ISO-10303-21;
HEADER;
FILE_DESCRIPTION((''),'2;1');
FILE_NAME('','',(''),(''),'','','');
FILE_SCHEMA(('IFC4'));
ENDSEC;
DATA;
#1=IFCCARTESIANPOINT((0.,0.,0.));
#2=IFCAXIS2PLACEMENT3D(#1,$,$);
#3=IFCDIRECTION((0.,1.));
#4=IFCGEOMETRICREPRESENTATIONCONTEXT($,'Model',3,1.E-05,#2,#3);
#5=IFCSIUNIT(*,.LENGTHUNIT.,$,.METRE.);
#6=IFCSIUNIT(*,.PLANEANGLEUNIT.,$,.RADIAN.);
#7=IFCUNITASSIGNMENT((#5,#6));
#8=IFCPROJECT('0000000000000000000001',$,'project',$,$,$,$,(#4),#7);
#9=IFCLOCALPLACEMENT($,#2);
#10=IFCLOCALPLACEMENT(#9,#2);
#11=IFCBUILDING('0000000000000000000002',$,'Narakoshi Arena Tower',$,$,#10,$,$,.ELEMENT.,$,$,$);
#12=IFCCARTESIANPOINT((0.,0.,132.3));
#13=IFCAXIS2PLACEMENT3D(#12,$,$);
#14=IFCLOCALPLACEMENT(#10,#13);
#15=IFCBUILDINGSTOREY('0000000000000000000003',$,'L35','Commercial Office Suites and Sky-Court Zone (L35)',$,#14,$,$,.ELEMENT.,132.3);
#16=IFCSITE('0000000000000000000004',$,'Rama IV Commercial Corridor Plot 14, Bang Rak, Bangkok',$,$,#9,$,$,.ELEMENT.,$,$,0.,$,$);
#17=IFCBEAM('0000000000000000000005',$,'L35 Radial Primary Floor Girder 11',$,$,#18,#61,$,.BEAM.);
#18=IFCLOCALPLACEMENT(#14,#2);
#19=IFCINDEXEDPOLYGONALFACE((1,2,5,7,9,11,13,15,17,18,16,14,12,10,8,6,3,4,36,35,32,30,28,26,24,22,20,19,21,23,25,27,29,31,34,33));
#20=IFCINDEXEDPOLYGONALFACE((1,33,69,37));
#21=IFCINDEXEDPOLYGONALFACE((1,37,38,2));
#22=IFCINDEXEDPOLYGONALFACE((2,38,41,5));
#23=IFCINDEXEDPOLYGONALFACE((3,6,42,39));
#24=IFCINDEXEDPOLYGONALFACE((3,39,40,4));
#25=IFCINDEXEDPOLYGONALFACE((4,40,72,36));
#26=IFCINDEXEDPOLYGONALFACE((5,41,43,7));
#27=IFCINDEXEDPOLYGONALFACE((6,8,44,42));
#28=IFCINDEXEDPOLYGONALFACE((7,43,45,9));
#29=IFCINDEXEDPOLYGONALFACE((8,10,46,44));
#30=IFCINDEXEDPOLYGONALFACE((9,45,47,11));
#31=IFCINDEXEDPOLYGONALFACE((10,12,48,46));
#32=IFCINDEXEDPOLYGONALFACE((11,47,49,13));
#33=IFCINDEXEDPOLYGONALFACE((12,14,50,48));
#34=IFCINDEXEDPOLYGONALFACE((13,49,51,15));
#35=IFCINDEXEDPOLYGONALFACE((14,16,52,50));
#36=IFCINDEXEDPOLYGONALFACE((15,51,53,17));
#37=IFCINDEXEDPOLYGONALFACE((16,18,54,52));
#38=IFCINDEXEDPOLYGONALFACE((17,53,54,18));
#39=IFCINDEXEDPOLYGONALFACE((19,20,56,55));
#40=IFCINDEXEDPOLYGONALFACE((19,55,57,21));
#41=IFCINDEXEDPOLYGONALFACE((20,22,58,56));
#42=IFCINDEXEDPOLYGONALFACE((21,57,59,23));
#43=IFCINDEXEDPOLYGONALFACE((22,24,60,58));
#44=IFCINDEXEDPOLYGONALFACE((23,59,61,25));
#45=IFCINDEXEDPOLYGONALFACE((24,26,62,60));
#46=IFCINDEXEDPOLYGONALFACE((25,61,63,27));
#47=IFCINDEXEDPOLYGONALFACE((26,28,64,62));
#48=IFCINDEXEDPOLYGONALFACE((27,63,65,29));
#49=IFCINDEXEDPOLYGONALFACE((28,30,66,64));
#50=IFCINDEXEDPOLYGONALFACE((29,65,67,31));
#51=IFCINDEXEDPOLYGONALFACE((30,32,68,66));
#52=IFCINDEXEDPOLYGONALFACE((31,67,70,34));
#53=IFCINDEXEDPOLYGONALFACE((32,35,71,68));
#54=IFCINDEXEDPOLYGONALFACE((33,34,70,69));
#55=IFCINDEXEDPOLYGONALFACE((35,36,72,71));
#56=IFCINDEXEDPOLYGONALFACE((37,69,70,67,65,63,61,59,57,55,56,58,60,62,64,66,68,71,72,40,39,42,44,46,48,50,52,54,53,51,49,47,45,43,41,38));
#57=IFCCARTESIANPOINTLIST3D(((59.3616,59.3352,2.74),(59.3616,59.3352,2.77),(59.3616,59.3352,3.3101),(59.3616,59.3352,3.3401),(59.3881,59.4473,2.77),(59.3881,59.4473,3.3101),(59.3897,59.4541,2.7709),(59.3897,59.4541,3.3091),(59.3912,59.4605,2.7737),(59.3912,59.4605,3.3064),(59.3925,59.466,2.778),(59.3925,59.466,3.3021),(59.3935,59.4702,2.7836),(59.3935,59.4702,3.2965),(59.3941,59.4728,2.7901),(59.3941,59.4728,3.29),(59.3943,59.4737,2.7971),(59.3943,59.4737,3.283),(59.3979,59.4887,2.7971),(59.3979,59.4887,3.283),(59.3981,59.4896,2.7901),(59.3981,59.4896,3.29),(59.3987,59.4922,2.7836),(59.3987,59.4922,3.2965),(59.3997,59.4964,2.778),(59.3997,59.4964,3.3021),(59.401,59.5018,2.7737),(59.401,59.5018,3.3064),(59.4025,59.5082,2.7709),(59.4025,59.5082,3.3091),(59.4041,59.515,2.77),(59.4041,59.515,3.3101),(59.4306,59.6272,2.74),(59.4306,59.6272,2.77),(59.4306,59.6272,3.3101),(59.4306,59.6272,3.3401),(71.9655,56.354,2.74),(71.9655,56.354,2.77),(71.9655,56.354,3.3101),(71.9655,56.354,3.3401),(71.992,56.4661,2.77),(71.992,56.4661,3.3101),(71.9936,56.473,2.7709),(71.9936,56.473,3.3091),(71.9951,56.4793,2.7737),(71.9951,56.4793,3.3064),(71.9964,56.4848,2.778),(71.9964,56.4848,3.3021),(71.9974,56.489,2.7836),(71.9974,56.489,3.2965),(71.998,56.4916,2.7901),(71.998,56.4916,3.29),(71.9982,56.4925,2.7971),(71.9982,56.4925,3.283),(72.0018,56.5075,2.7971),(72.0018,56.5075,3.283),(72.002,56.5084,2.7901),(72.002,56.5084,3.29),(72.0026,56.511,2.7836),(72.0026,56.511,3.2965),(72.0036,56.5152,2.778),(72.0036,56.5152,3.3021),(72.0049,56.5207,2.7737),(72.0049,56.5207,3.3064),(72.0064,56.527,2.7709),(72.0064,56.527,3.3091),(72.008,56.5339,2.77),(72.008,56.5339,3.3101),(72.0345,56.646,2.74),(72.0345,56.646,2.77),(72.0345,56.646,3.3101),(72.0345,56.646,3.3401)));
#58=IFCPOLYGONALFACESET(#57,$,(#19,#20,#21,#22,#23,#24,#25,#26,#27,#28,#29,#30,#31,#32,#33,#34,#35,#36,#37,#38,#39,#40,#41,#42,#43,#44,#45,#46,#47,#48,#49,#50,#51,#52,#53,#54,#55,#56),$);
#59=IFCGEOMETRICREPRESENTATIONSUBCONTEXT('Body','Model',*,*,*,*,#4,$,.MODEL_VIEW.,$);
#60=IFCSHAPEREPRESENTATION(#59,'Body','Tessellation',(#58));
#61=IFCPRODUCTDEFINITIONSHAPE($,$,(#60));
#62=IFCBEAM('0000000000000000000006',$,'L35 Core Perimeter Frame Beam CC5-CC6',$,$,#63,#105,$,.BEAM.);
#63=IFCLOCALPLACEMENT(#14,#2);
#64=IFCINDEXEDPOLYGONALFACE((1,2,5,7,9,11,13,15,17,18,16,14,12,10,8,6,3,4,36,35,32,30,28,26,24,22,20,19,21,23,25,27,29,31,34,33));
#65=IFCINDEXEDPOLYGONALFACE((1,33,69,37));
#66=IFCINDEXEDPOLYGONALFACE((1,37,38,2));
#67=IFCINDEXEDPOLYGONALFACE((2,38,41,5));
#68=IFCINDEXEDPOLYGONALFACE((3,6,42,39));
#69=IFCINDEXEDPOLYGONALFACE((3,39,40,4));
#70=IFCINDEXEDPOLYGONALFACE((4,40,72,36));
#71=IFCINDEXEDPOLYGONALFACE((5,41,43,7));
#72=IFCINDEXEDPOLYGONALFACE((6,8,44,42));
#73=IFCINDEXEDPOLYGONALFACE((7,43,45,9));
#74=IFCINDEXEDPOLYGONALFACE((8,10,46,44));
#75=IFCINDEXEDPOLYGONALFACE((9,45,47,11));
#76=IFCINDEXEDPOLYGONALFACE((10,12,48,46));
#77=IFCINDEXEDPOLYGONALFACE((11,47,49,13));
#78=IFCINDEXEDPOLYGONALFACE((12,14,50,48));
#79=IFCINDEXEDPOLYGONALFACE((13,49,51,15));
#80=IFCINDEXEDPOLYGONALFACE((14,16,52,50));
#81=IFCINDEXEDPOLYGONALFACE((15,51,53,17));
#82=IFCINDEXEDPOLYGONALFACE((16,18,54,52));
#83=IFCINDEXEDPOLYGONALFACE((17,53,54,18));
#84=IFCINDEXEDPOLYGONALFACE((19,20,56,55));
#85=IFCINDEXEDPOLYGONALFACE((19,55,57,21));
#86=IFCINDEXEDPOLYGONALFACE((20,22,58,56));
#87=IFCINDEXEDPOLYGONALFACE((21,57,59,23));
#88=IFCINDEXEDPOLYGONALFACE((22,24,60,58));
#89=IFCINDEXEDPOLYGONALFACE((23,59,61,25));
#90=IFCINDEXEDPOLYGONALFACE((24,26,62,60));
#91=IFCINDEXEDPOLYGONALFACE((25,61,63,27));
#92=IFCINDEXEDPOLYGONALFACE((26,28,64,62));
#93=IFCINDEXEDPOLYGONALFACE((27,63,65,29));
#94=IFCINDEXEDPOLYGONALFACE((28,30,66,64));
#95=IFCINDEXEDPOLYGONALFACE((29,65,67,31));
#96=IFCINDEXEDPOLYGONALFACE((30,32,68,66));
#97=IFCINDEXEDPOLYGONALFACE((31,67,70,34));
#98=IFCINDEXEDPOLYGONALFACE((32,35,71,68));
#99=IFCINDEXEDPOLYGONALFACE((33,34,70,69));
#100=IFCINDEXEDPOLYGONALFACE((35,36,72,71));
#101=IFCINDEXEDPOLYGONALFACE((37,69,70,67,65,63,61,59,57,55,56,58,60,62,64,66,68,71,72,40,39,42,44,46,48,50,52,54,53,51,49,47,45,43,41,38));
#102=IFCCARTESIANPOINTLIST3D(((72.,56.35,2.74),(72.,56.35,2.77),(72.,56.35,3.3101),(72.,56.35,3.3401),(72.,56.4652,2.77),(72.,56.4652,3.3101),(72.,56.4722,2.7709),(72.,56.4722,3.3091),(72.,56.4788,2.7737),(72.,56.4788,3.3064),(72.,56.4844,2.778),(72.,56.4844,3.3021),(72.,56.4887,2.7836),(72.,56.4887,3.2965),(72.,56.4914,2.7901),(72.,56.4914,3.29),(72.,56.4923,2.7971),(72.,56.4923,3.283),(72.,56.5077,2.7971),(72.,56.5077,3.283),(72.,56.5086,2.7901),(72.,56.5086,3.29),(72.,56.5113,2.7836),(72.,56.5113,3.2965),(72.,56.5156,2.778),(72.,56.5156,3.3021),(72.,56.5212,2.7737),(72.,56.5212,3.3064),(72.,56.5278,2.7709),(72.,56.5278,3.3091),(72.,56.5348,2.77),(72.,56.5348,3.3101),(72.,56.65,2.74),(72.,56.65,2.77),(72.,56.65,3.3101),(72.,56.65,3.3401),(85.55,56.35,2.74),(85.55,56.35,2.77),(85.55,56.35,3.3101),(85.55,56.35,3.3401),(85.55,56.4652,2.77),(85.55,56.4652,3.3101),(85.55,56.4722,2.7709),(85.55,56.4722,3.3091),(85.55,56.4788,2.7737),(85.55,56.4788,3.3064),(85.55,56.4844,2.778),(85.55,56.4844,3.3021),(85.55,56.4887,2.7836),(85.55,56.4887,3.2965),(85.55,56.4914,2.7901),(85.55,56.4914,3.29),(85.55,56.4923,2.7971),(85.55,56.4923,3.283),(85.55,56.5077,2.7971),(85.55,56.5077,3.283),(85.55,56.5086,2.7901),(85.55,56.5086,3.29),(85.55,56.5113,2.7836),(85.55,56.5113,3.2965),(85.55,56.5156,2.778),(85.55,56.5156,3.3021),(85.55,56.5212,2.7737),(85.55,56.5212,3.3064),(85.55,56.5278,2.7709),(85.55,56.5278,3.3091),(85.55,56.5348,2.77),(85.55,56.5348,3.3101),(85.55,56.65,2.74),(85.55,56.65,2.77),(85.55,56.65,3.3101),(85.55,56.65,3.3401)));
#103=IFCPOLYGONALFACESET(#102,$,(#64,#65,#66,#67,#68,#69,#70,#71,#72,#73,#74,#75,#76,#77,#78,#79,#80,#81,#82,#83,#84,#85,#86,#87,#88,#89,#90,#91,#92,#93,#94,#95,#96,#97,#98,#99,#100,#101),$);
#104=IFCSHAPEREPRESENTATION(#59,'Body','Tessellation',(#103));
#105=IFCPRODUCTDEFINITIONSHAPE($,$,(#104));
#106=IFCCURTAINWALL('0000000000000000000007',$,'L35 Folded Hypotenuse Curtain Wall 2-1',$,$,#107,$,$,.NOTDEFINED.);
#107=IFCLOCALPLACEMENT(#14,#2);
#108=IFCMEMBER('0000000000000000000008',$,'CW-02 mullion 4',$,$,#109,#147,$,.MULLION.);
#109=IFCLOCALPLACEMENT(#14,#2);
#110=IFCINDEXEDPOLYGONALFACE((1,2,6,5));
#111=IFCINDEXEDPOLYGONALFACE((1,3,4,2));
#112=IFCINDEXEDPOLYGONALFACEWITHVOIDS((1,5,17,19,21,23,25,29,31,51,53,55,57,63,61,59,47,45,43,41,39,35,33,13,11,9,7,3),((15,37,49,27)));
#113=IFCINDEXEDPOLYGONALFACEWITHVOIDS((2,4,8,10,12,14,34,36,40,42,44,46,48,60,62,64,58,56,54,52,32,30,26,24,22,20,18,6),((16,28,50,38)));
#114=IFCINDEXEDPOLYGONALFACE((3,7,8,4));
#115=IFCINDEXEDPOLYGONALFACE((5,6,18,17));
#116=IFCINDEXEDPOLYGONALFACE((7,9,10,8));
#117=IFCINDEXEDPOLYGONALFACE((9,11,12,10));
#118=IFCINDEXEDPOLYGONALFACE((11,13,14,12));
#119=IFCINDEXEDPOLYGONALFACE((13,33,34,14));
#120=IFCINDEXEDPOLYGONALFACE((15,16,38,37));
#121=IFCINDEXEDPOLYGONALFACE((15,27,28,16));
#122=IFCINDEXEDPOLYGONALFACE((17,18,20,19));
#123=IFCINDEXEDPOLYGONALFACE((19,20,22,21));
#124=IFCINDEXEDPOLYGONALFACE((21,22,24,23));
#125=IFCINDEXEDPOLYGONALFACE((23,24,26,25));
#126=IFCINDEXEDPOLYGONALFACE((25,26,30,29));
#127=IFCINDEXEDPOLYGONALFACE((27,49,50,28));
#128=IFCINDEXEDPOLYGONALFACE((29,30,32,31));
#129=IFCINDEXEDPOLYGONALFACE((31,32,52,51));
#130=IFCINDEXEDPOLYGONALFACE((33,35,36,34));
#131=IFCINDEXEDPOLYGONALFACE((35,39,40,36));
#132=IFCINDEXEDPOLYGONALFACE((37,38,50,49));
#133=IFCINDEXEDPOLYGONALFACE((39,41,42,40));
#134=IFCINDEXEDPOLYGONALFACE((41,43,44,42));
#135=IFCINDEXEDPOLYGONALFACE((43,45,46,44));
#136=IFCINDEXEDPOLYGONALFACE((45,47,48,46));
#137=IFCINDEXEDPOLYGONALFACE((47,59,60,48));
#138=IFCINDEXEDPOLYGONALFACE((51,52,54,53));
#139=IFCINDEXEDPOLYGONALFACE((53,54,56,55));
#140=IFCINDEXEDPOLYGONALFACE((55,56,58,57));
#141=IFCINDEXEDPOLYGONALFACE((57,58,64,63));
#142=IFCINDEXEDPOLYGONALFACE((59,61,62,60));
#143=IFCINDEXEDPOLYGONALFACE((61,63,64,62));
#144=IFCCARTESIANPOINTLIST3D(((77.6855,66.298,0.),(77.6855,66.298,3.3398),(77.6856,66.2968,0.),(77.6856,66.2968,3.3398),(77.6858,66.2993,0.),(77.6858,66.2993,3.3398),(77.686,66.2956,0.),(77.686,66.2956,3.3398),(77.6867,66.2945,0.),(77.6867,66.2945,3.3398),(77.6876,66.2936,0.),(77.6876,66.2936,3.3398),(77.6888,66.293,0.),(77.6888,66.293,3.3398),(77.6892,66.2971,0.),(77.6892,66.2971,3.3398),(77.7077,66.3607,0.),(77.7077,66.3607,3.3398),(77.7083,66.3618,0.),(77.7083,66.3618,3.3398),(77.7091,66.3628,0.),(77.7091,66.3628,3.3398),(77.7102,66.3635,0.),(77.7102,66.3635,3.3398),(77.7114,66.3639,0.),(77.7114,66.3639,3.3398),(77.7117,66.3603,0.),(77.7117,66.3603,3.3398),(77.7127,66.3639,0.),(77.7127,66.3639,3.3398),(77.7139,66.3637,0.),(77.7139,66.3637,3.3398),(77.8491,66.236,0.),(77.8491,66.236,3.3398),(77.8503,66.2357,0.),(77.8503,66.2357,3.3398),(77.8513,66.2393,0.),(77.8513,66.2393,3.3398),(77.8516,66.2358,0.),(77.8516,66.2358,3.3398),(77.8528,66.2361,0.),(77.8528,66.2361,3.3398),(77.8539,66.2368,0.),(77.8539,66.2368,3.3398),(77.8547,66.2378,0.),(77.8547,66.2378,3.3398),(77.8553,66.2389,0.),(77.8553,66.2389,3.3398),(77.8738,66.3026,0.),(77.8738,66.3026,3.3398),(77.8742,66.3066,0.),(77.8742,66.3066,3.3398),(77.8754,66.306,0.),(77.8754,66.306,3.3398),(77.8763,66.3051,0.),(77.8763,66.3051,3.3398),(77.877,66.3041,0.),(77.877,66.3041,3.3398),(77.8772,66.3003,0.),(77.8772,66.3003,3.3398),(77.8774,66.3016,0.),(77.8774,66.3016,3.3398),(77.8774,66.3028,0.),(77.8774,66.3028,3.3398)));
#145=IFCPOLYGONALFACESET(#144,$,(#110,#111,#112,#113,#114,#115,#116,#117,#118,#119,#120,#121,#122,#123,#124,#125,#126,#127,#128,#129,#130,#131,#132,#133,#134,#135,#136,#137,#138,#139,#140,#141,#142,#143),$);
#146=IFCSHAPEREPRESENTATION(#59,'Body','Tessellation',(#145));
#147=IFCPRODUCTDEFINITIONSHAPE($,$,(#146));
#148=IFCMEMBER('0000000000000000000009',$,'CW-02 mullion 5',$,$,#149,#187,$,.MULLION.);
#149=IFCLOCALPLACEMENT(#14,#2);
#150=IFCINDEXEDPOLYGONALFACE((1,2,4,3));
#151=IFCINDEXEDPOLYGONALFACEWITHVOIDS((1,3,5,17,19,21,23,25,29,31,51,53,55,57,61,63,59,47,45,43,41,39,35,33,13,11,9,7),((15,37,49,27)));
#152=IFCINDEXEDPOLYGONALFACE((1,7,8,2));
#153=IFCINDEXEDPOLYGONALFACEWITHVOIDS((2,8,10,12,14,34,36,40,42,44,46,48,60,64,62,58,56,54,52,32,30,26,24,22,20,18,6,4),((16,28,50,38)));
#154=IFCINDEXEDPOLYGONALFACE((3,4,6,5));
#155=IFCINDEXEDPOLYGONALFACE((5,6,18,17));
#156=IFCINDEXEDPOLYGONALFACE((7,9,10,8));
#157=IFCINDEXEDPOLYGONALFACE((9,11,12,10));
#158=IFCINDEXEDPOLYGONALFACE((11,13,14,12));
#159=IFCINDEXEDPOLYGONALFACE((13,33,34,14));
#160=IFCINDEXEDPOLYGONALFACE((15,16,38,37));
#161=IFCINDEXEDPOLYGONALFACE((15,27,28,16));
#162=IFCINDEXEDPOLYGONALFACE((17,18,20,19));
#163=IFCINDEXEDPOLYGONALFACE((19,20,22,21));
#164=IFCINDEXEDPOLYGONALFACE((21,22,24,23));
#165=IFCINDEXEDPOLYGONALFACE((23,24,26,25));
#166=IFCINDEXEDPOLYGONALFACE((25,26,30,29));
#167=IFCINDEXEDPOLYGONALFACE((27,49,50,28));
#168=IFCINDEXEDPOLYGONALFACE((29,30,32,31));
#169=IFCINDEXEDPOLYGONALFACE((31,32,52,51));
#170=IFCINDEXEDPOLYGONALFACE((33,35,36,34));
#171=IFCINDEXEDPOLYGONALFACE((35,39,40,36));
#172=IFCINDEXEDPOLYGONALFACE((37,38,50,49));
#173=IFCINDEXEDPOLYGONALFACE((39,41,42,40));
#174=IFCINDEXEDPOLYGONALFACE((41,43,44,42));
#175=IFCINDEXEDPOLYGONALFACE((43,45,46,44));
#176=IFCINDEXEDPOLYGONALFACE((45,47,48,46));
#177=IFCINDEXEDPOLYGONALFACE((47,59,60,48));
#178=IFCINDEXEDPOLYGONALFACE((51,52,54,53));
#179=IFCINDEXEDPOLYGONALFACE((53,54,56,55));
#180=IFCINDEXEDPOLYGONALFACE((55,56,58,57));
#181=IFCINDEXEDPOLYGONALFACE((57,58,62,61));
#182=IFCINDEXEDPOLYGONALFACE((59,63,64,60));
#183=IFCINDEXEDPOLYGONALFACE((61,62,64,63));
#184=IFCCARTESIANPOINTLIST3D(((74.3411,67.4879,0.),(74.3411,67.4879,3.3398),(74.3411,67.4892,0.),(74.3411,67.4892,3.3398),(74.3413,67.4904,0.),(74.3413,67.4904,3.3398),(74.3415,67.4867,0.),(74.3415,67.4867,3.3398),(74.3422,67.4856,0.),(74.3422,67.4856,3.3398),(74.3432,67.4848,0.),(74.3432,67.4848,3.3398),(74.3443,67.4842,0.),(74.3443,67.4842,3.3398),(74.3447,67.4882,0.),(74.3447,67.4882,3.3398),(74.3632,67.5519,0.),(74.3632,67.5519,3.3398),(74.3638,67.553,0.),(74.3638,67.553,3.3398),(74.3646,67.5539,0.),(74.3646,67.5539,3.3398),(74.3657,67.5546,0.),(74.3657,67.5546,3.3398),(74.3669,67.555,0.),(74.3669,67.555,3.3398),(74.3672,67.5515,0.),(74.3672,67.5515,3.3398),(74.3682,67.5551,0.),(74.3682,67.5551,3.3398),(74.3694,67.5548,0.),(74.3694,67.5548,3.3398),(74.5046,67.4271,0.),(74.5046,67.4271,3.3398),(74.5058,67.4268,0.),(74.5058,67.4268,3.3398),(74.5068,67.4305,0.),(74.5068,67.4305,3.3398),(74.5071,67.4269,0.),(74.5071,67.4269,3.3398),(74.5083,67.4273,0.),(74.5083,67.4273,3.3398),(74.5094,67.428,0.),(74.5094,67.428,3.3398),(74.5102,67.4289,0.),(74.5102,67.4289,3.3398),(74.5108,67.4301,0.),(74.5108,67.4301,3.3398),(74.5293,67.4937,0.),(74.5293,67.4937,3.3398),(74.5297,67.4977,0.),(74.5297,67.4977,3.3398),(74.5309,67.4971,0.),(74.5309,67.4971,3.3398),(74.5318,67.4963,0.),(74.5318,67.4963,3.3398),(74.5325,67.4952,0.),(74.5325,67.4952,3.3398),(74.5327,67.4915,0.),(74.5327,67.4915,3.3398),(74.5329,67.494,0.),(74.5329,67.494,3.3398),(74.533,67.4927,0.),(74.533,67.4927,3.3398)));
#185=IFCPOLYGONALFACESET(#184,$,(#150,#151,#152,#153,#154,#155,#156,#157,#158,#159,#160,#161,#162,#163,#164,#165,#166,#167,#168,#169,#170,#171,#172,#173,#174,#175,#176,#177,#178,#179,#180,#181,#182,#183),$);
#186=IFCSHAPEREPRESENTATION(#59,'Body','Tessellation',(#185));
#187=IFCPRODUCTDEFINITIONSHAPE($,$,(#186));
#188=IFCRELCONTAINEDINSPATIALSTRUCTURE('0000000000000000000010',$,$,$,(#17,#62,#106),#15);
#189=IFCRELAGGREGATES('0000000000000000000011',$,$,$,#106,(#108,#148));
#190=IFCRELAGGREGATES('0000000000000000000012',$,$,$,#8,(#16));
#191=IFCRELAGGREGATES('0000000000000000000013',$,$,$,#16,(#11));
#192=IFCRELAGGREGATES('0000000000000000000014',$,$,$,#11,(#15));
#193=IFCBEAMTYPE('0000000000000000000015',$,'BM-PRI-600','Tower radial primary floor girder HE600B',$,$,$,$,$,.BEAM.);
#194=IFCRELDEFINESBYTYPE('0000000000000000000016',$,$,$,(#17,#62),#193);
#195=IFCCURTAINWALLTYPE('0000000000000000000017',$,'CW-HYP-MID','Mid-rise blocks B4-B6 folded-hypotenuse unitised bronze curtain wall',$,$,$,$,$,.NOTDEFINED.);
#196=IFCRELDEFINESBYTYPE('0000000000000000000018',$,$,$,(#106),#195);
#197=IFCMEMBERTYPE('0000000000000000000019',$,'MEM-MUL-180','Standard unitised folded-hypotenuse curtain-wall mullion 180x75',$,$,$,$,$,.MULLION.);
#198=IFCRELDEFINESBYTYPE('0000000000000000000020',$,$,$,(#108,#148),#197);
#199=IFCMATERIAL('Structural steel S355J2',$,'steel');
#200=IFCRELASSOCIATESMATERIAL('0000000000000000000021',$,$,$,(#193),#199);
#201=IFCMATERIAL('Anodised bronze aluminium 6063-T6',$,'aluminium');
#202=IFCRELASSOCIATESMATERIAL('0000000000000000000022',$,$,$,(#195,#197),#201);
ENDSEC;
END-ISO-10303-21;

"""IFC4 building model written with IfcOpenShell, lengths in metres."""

from ifc_helpers import new_model, si_unit, direction, frame, origin, origin_2d, place, context, subcontext, project, spatial, hollow_rectangle, i_section, extrude, material, material_profile, profile_set, type_object, element, aggregate, save


model = new_model("IFC4")

# Units and contexts
model_context = context("Model", 3, precision=1e-05, world=origin(), true_north=direction((0.0, 1.0)))
body_context = subcontext(model_context, "Body", "Model", "MODEL_VIEW")
ifc_project = project(units=[si_unit("LENGTHUNIT", "METRE"), si_unit("PLANEANGLEUNIT", "RADIAN")], contexts=[model_context])

# Site, building, storey
site_placement = place(None, origin())
site = spatial("IfcSite", under=ifc_project, at=site_placement, Name="Rama IV Commercial Corridor Plot 14, Bang Rak, Bangkok", CompositionType="ELEMENT", RefElevation=0.0)
building_placement = place(site_placement, origin())
building = spatial("IfcBuilding", under=site, at=building_placement, Name="Narakoshi Arena Tower", CompositionType="ELEMENT")
storey_placement = place(building_placement, frame((0.0, 0.0, 132.3)))
storey = spatial("IfcBuildingStorey", under=building, at=storey_placement, Name="L35", Description="Commercial Office Suites and Sky-Court Zone (L35)", CompositionType="ELEMENT", Elevation=132.3)

# Beams
ifc_material_1 = material(Name="Structural steel S355J2", Category="steel")
ifc_material_profile_1 = material_profile(ifc_material_1, i_section(OverallWidth=0.3, OverallDepth=0.6001, WebThickness=0.0154, FlangeThickness=0.03, FilletRadius=0.0271, at=origin_2d()), Name="HE600B")
ifc_profile_set_1 = profile_set([ifc_material_profile_1], Name="Structural steel S355J2")
beam_type = type_object("IfcBeamType", Name="BM-PRI-600", Description="Tower radial primary floor girder HE600B", PredefinedType="BEAM", material=ifc_profile_set_1)
beam_1_placement = place(storey_placement, frame((72.0, 56.5, 3.04), z_axis=(-0.973149, 0.230177, 0.0), x_axis=(-0.230177, -0.973149, 0.0)))
element("IfcBeam", 1, at=beam_1_placement, inside=storey, type_object=beam_type, Name="L35 Radial Primary Floor Girder 11", PredefinedType="BEAM", context=body_context, shape_type="SweptSolid", body=[
    extrude(i_section(OverallWidth=0.3, OverallDepth=0.6001, WebThickness=0.0154, FlangeThickness=0.03, FilletRadius=0.0271, at=origin_2d()), origin(), (0.0, 0.0, 1.0), 12.9517),
])
beam_2_placement = place(storey_placement, frame((72.0, 56.5, 3.04), z_axis=(1.0, 0.0, 0.0), x_axis=(0.0, 1.0, 0.0)))
element("IfcBeam", 2, at=beam_2_placement, inside=storey, type_object=beam_type, Name="L35 Core Perimeter Frame Beam CC5-CC6", PredefinedType="BEAM", context=body_context, shape_type="SweptSolid", body=[
    extrude(i_section(OverallWidth=0.3, OverallDepth=0.6001, WebThickness=0.0154, FlangeThickness=0.03, FilletRadius=0.0271, at=origin_2d()), origin(), (0.0, 0.0, 1.0), 13.55),
])

# Curtain wall, members
ifc_material_2 = material(Name="Anodised bronze aluminium 6063-T6", Category="aluminium")
curtain_wall_type = type_object("IfcCurtainWallType", Name="CW-HYP-MID", Description="Mid-rise blocks B4-B6 folded-hypotenuse unitised bronze curtain wall", PredefinedType="NOTDEFINED", material=ifc_material_2)
curtain_wall_placement = place(storey_placement, origin())
curtain_wall = element("IfcCurtainWall", 3, at=curtain_wall_placement, inside=storey, type_object=curtain_wall_type, Name="L35 Folded Hypotenuse Curtain Wall 2-1", PredefinedType="NOTDEFINED")
ifc_material_profile_2 = material_profile(ifc_material_2, hollow_rectangle(XDim=0.075, YDim=0.1799, WallThickness=0.0039, OuterFilletRadius=0.0049, at=origin_2d()), Name="MUL180x75x4")
ifc_profile_set_2 = profile_set([ifc_material_profile_2], Name="Anodised bronze aluminium 6063-T6")
member_type_1 = type_object("IfcMemberType", Name="MEM-MUL-180", Description="Standard unitised folded-hypotenuse curtain-wall mullion 180x75", PredefinedType="MULLION", material=ifc_profile_set_2)
member_1_placement = place(storey_placement, frame((77.7815, 66.2998, 0.0), z_axis=(0.0, 0.0, 1.0), x_axis=(-0.335518, -0.942034, 0.0)))
member_1 = element("IfcMember", 4, at=member_1_placement, type_object=member_type_1, Name="CW-02 mullion 4", PredefinedType="MULLION", context=body_context, shape_type="SweptSolid", body=[
    extrude(hollow_rectangle(XDim=0.075, YDim=0.1799, WallThickness=0.0039, OuterFilletRadius=0.0049, at=origin_2d()), origin(), (0.0, 0.0, 1.0), 3.3398),
])
member_2_placement = place(storey_placement, frame((74.437, 67.491, 0.0), z_axis=(0.0, 0.0, 1.0), x_axis=(-0.335518, -0.942034, 0.0)))
member_2 = element("IfcMember", 5, at=member_2_placement, type_object=member_type_1, Name="CW-02 mullion 5", PredefinedType="MULLION", context=body_context, shape_type="SweptSolid", body=[
    extrude(hollow_rectangle(XDim=0.075, YDim=0.1799, WallThickness=0.0039, OuterFilletRadius=0.0049, at=origin_2d()), origin(), (0.0, 0.0, 1.0), 3.3398),
])
aggregate(curtain_wall, [member_1, member_2])

save(model, "model.ifc")
